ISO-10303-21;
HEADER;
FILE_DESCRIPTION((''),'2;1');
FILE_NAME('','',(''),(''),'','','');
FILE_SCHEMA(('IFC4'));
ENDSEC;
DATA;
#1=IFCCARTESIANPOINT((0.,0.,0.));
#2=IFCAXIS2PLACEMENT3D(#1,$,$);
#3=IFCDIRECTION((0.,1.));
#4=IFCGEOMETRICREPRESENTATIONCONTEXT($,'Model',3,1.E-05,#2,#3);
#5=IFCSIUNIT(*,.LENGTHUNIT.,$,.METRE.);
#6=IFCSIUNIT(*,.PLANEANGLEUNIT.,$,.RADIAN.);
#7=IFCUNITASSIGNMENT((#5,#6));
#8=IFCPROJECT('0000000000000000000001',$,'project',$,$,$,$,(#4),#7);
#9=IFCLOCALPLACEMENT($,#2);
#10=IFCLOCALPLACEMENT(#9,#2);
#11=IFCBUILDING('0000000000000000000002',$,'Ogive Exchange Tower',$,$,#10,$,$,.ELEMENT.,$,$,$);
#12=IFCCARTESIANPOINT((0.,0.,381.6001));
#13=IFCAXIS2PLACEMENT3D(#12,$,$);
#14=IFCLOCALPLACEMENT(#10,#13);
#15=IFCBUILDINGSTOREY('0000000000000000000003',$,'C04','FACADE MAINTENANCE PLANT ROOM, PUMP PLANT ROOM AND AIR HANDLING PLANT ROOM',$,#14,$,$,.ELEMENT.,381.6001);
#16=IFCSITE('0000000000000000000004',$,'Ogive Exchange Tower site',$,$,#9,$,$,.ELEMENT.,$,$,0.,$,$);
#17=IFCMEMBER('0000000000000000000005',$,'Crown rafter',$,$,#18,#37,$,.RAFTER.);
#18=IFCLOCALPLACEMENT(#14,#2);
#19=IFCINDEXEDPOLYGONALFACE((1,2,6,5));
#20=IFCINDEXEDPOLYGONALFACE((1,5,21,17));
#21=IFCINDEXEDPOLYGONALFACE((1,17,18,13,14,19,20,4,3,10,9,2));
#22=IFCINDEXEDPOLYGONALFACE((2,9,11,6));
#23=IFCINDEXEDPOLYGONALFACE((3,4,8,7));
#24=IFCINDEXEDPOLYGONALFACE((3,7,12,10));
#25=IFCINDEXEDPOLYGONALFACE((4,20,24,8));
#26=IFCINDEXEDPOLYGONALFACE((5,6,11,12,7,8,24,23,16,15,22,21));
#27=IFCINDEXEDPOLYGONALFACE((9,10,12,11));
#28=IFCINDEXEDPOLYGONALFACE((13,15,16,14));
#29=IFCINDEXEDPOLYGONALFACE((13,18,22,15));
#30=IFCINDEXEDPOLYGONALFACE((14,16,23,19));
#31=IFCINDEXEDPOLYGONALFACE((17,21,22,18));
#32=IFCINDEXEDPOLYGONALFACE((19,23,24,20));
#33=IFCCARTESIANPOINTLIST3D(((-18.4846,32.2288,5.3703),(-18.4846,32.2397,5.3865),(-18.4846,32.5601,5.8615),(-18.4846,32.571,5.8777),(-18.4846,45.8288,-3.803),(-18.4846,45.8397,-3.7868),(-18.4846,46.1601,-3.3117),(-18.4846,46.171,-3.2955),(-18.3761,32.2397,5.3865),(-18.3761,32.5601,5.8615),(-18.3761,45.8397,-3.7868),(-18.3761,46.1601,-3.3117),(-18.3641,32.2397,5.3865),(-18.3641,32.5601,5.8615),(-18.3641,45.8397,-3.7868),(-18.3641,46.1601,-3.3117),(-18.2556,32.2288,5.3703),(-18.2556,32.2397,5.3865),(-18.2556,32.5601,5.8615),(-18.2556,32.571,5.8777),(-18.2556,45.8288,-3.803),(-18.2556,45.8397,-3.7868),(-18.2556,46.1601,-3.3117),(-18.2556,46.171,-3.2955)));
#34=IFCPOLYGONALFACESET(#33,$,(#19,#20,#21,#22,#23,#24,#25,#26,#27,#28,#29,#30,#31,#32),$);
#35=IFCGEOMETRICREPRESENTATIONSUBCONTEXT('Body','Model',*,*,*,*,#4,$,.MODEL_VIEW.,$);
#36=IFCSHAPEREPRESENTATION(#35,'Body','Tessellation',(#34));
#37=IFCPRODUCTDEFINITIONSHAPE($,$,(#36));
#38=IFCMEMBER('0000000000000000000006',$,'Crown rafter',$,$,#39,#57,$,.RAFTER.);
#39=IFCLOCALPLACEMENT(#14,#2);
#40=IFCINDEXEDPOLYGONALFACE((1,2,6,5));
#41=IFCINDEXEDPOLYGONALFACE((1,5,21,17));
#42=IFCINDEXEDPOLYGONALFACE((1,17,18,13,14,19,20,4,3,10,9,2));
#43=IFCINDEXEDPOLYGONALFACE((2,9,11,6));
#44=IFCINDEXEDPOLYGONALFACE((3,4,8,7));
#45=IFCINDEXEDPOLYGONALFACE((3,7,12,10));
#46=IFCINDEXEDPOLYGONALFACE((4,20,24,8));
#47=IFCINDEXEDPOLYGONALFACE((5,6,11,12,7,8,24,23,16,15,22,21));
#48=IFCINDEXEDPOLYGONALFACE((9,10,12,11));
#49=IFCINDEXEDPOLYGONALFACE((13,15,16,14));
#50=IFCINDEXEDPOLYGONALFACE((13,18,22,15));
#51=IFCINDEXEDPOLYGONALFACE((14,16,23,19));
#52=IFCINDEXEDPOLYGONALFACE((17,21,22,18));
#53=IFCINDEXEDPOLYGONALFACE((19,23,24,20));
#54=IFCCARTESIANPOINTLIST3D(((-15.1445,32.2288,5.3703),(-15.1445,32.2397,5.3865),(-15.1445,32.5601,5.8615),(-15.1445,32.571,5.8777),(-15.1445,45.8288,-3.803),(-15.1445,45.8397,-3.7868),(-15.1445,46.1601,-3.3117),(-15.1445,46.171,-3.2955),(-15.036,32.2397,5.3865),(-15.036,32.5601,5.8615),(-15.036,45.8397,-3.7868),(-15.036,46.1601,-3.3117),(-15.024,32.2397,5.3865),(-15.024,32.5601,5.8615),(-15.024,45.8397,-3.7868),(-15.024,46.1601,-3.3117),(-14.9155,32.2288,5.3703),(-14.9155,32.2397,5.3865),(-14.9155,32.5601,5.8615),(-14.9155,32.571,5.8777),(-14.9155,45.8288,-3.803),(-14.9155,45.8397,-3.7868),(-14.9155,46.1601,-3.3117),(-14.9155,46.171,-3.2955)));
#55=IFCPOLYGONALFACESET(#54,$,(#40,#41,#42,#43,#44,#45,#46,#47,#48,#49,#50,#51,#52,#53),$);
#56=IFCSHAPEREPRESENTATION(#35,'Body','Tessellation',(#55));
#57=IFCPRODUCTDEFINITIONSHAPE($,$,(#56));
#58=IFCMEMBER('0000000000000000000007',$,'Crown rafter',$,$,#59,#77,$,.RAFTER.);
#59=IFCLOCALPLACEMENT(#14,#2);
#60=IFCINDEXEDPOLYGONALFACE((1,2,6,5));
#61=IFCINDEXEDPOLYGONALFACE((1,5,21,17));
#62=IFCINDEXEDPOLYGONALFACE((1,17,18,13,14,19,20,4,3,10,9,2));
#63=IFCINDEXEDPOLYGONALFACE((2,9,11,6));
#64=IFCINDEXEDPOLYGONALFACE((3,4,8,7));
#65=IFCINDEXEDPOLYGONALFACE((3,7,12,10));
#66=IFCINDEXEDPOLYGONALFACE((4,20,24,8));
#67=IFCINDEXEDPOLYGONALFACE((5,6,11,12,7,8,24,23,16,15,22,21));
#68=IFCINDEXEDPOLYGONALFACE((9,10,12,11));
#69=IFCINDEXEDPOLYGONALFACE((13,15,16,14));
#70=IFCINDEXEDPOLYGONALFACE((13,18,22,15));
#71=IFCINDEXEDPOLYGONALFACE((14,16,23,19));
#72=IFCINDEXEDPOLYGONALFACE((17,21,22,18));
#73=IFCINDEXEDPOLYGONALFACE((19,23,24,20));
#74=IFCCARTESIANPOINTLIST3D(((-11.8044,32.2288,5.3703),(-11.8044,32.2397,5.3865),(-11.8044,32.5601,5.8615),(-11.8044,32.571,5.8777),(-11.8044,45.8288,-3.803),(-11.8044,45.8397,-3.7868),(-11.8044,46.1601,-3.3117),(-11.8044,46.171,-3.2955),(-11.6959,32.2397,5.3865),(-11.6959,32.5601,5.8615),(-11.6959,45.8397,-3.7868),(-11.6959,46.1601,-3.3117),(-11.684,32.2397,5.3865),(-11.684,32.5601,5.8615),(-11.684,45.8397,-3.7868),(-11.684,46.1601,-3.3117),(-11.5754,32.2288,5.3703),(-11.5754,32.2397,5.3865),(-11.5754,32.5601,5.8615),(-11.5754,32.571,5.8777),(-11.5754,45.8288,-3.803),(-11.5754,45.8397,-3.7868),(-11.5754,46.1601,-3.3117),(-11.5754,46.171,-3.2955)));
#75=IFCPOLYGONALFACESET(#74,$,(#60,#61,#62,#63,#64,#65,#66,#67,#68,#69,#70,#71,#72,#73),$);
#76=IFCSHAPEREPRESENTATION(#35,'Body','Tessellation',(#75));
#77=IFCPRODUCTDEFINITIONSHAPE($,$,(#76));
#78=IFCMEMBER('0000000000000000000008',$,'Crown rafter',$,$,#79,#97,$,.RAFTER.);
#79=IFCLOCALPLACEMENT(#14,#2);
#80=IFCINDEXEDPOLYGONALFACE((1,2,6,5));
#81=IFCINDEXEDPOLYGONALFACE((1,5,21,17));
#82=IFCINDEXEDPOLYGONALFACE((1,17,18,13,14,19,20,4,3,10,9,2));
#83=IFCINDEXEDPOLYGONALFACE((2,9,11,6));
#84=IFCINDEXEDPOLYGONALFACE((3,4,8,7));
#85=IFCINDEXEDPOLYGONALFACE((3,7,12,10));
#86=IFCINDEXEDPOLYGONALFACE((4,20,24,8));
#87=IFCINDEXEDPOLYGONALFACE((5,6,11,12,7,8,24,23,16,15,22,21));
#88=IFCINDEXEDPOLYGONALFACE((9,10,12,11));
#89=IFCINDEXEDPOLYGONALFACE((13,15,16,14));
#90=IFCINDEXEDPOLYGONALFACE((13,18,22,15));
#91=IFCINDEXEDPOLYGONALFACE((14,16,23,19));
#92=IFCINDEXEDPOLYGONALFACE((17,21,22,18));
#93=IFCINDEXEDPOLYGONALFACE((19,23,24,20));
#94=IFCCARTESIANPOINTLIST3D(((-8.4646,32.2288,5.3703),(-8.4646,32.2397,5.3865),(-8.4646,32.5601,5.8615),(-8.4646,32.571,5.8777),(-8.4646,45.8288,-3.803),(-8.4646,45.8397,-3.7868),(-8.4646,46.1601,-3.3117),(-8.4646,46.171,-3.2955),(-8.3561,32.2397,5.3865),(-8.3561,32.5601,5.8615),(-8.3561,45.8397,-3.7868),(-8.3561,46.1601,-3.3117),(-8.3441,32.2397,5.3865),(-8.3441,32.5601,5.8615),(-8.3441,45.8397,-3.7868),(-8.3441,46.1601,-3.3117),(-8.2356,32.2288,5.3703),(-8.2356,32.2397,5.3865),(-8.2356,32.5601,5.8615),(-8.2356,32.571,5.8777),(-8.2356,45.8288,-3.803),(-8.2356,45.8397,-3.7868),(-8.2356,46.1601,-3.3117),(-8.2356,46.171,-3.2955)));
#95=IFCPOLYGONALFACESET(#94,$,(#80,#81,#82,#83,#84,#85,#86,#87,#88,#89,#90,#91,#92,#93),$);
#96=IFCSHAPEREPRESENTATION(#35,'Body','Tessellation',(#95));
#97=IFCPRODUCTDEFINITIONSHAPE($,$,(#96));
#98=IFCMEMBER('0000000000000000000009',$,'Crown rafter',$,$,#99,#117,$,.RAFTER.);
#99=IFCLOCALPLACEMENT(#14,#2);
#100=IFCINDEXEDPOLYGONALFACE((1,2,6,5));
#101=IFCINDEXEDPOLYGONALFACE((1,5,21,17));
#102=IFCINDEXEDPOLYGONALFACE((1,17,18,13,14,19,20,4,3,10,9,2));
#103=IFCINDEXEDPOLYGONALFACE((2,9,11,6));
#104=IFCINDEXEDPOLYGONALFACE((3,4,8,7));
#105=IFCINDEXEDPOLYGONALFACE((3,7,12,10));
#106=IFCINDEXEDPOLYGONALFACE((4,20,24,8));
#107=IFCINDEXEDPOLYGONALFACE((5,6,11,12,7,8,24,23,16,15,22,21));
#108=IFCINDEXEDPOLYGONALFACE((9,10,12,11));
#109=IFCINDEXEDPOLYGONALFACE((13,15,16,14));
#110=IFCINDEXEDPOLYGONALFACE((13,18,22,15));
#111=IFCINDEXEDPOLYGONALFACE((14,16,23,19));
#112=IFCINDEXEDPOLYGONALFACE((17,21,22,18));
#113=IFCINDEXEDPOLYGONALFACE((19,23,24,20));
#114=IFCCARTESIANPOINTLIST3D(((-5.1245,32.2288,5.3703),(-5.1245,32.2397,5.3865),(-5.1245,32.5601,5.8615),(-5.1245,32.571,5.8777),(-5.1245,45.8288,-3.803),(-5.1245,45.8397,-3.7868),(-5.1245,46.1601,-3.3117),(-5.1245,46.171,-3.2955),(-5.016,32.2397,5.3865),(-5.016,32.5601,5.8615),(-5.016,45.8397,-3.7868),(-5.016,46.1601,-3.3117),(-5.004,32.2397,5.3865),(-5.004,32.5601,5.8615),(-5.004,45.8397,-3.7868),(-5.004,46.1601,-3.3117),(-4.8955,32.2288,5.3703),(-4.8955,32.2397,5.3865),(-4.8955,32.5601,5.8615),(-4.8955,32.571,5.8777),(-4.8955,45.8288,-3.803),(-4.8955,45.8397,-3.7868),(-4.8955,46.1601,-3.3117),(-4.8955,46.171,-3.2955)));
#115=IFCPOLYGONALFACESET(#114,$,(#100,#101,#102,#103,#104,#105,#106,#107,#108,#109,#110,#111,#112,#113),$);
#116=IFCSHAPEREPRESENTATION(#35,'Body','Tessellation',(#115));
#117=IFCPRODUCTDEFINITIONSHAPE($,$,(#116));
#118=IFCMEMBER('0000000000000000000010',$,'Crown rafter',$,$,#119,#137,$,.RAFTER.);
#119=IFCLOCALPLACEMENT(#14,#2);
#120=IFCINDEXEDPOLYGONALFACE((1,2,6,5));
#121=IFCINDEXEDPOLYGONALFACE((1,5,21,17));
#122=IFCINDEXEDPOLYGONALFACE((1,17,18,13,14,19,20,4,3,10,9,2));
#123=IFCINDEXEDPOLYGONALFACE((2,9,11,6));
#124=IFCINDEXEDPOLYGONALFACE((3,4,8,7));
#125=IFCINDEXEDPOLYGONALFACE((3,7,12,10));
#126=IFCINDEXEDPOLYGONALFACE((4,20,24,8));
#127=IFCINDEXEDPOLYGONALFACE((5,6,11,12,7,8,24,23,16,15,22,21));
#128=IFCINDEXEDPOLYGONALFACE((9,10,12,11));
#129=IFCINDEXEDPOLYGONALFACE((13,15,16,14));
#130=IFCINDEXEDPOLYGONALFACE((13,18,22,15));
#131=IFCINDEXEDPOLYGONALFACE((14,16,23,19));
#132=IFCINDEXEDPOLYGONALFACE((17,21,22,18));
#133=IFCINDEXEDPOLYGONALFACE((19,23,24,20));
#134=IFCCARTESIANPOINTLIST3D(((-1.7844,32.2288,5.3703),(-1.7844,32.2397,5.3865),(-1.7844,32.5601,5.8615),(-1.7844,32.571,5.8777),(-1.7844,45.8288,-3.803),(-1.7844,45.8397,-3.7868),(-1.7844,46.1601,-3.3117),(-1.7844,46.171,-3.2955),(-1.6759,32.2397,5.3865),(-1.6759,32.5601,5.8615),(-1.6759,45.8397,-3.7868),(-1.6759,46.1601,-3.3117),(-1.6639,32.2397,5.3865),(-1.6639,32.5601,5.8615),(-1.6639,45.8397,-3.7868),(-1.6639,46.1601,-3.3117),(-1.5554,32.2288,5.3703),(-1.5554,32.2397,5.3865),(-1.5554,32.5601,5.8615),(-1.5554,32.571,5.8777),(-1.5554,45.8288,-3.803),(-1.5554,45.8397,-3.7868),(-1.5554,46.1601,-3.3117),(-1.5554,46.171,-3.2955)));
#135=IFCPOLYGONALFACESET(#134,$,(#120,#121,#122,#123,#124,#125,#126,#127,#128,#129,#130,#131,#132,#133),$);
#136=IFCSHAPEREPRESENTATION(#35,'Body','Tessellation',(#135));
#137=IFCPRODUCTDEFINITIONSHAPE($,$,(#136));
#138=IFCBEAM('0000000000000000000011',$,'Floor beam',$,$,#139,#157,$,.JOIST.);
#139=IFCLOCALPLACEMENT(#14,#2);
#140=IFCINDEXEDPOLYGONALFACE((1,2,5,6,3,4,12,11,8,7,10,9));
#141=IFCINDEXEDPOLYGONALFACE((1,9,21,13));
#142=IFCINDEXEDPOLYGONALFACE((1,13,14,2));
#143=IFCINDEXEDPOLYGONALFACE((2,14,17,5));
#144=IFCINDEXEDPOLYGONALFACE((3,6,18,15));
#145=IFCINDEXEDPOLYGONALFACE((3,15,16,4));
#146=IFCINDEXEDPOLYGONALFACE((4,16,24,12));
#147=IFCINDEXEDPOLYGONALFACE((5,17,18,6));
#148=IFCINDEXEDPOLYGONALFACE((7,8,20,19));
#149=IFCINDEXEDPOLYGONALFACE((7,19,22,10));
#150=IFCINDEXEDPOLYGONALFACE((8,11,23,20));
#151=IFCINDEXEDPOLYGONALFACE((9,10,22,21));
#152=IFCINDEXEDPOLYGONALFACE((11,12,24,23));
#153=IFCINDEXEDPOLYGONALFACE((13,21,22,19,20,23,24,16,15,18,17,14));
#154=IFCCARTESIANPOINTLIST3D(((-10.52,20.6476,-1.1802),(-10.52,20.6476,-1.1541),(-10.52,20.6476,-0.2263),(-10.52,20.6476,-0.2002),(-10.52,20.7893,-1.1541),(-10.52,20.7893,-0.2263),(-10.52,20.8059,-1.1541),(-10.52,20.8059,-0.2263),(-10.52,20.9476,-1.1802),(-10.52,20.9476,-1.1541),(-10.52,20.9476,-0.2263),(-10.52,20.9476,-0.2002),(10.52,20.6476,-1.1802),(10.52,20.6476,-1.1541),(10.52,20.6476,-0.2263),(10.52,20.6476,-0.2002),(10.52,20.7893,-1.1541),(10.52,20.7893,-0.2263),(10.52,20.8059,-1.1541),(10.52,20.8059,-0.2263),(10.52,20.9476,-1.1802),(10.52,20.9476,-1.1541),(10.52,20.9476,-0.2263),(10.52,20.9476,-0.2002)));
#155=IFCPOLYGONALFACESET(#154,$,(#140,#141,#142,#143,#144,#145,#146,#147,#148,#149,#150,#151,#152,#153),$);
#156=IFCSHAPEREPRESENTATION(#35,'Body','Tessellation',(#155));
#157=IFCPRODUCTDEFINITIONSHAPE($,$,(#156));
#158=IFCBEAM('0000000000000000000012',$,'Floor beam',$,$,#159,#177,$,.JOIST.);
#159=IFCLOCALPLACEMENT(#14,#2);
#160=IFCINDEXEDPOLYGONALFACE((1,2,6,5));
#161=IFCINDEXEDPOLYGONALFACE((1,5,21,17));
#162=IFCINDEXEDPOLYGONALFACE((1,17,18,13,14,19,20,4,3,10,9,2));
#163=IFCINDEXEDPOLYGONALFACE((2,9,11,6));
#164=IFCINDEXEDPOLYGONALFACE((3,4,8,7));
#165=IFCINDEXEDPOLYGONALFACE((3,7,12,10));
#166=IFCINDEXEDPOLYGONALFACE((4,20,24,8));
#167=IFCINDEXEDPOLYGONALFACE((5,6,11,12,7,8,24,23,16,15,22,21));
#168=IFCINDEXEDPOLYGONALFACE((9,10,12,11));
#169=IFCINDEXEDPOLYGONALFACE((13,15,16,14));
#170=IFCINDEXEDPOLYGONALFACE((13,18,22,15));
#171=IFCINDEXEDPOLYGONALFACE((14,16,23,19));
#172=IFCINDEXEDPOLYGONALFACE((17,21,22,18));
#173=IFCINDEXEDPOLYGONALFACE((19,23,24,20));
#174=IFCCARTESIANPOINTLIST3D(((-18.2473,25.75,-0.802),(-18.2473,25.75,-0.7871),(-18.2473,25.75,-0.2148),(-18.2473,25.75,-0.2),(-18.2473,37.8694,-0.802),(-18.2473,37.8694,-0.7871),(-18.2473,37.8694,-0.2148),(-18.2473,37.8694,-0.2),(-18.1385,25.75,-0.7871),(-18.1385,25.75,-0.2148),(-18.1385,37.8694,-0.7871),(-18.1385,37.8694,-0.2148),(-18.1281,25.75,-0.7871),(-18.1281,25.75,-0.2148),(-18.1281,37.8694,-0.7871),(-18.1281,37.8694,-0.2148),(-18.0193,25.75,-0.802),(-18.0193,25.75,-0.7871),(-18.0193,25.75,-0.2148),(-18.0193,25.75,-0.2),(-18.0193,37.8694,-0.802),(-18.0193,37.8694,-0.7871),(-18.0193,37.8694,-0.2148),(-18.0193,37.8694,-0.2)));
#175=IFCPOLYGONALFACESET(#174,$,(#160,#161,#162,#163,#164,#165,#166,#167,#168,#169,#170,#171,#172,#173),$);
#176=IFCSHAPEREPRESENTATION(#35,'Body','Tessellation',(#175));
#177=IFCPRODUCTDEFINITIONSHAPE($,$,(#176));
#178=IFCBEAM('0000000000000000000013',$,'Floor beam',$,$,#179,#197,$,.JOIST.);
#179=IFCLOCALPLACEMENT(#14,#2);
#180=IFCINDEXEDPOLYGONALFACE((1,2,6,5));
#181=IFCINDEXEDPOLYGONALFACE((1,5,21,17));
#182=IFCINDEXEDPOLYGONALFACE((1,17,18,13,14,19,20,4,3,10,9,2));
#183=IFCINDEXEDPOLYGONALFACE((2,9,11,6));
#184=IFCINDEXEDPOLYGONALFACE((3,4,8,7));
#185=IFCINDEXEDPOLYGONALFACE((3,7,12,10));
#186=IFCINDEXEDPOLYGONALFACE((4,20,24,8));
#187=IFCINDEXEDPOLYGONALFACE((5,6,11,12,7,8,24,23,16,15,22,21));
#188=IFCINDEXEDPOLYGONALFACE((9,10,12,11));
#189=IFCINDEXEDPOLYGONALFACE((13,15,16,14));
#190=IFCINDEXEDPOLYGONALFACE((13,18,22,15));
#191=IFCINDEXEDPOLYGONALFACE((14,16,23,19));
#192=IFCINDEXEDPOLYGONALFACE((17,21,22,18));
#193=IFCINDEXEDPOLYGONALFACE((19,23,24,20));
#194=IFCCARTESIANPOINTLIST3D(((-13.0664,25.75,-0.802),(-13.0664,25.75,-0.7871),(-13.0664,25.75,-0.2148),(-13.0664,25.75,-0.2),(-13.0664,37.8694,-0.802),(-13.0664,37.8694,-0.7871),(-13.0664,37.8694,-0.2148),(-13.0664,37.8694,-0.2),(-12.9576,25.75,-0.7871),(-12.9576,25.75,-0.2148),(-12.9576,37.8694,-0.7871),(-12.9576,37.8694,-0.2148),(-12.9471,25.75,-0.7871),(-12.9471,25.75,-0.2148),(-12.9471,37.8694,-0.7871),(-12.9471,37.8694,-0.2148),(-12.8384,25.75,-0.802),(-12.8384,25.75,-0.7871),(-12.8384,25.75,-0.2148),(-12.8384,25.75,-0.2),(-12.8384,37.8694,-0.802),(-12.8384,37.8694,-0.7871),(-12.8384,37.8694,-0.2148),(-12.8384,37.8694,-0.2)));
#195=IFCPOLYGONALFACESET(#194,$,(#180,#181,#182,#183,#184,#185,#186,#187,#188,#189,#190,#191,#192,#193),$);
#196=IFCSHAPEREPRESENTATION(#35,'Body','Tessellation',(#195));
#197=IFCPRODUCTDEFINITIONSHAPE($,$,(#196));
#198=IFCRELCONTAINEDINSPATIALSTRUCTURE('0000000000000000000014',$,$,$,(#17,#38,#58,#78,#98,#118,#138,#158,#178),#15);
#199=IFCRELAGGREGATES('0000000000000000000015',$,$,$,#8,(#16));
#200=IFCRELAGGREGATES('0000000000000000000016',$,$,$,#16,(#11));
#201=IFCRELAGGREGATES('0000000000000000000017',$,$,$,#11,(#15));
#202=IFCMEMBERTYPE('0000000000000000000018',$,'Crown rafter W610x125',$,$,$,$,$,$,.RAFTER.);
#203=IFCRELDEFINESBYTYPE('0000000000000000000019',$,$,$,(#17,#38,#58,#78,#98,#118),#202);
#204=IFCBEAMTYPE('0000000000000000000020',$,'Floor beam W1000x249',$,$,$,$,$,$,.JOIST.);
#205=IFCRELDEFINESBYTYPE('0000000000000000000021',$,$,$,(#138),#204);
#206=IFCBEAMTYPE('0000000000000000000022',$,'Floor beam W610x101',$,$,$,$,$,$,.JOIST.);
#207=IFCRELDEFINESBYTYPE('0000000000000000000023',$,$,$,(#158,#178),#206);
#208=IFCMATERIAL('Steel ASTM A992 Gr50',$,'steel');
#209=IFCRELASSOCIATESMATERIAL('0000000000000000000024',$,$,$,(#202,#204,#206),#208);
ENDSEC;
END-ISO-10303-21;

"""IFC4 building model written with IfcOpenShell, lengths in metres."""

from ifc_helpers import new_model, si_unit, direction, frame, origin, origin_2d, place, context, subcontext, project, spatial, i_section, extrude, material, material_profile, profile_set, type_object, element, save


model = new_model("IFC4")

# Units and contexts
model_context = context("Model", 3, precision=1e-05, world=origin(), true_north=direction((0.0, 1.0)))
body_context = subcontext(model_context, "Body", "Model", "MODEL_VIEW")
ifc_project = project(units=[si_unit("LENGTHUNIT", "METRE"), si_unit("PLANEANGLEUNIT", "RADIAN")], contexts=[model_context])

# Site, building, storey
site_placement = place(None, origin())
site = spatial("IfcSite", under=ifc_project, at=site_placement, Name="Ogive Exchange Tower site", CompositionType="ELEMENT", RefElevation=0.0)
building_placement = place(site_placement, origin())
building = spatial("IfcBuilding", under=site, at=building_placement, Name="Ogive Exchange Tower", CompositionType="ELEMENT")
storey_placement = place(building_placement, frame((0.0, 0.0, 381.6001)))
storey = spatial("IfcBuildingStorey", under=building, at=storey_placement, Name="C04", Description="FACADE MAINTENANCE PLANT ROOM, PUMP PLANT ROOM AND AIR HANDLING PLANT ROOM", CompositionType="ELEMENT", Elevation=381.6001)

# Members
ifc_material_1 = material(Name="Steel ASTM A992 Gr50", Category="steel")
ifc_material_profile_1 = material_profile(ifc_material_1, i_section(OverallWidth=0.229, OverallDepth=0.6121, WebThickness=0.012, FlangeThickness=0.0195, at=origin_2d()), Name="W610x125")
ifc_profile_set_1 = profile_set([ifc_material_profile_1], Name="Steel ASTM A992 Gr50")
member_type = type_object("IfcMemberType", Name="Crown rafter W610x125", PredefinedType="RAFTER", material=ifc_profile_set_1)
for number, where, z_axis, x_axis, name in (
    (1, (-18.3701, 32.3999, 5.624), (0.0, 0.829039, -0.559191), (-1.0, 0.0, 0.0), "Crown rafter"),
    (2, (-15.03, 32.3999, 5.624), (0.0, 0.829039, -0.559191), (-1.0, 0.0, 0.0), "Crown rafter"),
    (3, (-11.6899, 32.3999, 5.624), (0.0, 0.829039, -0.559191), (-1.0, 0.0, 0.0), "Crown rafter"),
    (4, (-8.3501, 32.3999, 5.624), (0.0, 0.829039, -0.559191), (-1.0, 0.0, 0.0), "Crown rafter"),
    (5, (-5.01, 32.3999, 5.624), (0.0, 0.829039, -0.559191), (-1.0, 0.0, 0.0), "Crown rafter"),
    (6, (-1.6699, 32.3999, 5.624), (0.0, 0.829039, -0.559191), (-1.0, 0.0, 0.0), "Crown rafter"),
):
    element("IfcMember", number, at=place(storey_placement, frame(where, z_axis=z_axis, x_axis=x_axis)), inside=storey, type_object=member_type, Name=name, PredefinedType="RAFTER", context=body_context, shape_type="SweptSolid", body=[
        extrude(i_section(OverallWidth=0.229, OverallDepth=0.6121, WebThickness=0.012, FlangeThickness=0.0195, at=origin_2d()), origin(), (0.0, 0.0, 1.0), 16.4045),
    ])

# Beams
ifc_material_profile_2 = material_profile(ifc_material_1, i_section(OverallWidth=0.3, OverallDepth=0.98, WebThickness=0.0166, FlangeThickness=0.0261, at=origin_2d()), Name="W1000x249")
ifc_profile_set_2 = profile_set([ifc_material_profile_2], Name="Steel ASTM A992 Gr50")
beam_type_1 = type_object("IfcBeamType", Name="Floor beam W1000x249", PredefinedType="JOIST", material=ifc_profile_set_2)
beam_1_placement = place(storey_placement, frame((-10.52, 20.7976, -0.6902), z_axis=(1.0, 0.0, 0.0), x_axis=(0.0, 1.0, 0.0)))
element("IfcBeam", 7, at=beam_1_placement, inside=storey, type_object=beam_type_1, Name="Floor beam", PredefinedType="JOIST", context=body_context, shape_type="SweptSolid", body=[
    extrude(i_section(OverallWidth=0.3, OverallDepth=0.98, WebThickness=0.0166, FlangeThickness=0.0261, at=origin_2d()), origin(), (0.0, 0.0, 1.0), 21.04),
])
ifc_material_profile_3 = material_profile(ifc_material_1, i_section(OverallWidth=0.228, OverallDepth=0.6021, WebThickness=0.0105, FlangeThickness=0.0149, at=origin_2d()), Name="W610x101")
ifc_profile_set_3 = profile_set([ifc_material_profile_3], Name="Steel ASTM A992 Gr50")
beam_type_2 = type_object("IfcBeamType", Name="Floor beam W610x101", PredefinedType="JOIST", material=ifc_profile_set_3)
for number, where, z_axis, x_axis, name in (
    (8, (-18.1333, 25.75, -0.501), (0.0, 1.0, 0.0), (-1.0, 0.0, 0.0), "Floor beam"),
    (9, (-12.9524, 25.75, -0.501), (0.0, 1.0, 0.0), (-1.0, 0.0, 0.0), "Floor beam"),
):
    element("IfcBeam", number, at=place(storey_placement, frame(where, z_axis=z_axis, x_axis=x_axis)), inside=storey, type_object=beam_type_2, Name=name, PredefinedType="JOIST", context=body_context, shape_type="SweptSolid", body=[
        extrude(i_section(OverallWidth=0.228, OverallDepth=0.6021, WebThickness=0.0105, FlangeThickness=0.0149, at=origin_2d()), origin(), (0.0, 0.0, 1.0), 12.1194),
    ])

save(model, "model.ifc")
